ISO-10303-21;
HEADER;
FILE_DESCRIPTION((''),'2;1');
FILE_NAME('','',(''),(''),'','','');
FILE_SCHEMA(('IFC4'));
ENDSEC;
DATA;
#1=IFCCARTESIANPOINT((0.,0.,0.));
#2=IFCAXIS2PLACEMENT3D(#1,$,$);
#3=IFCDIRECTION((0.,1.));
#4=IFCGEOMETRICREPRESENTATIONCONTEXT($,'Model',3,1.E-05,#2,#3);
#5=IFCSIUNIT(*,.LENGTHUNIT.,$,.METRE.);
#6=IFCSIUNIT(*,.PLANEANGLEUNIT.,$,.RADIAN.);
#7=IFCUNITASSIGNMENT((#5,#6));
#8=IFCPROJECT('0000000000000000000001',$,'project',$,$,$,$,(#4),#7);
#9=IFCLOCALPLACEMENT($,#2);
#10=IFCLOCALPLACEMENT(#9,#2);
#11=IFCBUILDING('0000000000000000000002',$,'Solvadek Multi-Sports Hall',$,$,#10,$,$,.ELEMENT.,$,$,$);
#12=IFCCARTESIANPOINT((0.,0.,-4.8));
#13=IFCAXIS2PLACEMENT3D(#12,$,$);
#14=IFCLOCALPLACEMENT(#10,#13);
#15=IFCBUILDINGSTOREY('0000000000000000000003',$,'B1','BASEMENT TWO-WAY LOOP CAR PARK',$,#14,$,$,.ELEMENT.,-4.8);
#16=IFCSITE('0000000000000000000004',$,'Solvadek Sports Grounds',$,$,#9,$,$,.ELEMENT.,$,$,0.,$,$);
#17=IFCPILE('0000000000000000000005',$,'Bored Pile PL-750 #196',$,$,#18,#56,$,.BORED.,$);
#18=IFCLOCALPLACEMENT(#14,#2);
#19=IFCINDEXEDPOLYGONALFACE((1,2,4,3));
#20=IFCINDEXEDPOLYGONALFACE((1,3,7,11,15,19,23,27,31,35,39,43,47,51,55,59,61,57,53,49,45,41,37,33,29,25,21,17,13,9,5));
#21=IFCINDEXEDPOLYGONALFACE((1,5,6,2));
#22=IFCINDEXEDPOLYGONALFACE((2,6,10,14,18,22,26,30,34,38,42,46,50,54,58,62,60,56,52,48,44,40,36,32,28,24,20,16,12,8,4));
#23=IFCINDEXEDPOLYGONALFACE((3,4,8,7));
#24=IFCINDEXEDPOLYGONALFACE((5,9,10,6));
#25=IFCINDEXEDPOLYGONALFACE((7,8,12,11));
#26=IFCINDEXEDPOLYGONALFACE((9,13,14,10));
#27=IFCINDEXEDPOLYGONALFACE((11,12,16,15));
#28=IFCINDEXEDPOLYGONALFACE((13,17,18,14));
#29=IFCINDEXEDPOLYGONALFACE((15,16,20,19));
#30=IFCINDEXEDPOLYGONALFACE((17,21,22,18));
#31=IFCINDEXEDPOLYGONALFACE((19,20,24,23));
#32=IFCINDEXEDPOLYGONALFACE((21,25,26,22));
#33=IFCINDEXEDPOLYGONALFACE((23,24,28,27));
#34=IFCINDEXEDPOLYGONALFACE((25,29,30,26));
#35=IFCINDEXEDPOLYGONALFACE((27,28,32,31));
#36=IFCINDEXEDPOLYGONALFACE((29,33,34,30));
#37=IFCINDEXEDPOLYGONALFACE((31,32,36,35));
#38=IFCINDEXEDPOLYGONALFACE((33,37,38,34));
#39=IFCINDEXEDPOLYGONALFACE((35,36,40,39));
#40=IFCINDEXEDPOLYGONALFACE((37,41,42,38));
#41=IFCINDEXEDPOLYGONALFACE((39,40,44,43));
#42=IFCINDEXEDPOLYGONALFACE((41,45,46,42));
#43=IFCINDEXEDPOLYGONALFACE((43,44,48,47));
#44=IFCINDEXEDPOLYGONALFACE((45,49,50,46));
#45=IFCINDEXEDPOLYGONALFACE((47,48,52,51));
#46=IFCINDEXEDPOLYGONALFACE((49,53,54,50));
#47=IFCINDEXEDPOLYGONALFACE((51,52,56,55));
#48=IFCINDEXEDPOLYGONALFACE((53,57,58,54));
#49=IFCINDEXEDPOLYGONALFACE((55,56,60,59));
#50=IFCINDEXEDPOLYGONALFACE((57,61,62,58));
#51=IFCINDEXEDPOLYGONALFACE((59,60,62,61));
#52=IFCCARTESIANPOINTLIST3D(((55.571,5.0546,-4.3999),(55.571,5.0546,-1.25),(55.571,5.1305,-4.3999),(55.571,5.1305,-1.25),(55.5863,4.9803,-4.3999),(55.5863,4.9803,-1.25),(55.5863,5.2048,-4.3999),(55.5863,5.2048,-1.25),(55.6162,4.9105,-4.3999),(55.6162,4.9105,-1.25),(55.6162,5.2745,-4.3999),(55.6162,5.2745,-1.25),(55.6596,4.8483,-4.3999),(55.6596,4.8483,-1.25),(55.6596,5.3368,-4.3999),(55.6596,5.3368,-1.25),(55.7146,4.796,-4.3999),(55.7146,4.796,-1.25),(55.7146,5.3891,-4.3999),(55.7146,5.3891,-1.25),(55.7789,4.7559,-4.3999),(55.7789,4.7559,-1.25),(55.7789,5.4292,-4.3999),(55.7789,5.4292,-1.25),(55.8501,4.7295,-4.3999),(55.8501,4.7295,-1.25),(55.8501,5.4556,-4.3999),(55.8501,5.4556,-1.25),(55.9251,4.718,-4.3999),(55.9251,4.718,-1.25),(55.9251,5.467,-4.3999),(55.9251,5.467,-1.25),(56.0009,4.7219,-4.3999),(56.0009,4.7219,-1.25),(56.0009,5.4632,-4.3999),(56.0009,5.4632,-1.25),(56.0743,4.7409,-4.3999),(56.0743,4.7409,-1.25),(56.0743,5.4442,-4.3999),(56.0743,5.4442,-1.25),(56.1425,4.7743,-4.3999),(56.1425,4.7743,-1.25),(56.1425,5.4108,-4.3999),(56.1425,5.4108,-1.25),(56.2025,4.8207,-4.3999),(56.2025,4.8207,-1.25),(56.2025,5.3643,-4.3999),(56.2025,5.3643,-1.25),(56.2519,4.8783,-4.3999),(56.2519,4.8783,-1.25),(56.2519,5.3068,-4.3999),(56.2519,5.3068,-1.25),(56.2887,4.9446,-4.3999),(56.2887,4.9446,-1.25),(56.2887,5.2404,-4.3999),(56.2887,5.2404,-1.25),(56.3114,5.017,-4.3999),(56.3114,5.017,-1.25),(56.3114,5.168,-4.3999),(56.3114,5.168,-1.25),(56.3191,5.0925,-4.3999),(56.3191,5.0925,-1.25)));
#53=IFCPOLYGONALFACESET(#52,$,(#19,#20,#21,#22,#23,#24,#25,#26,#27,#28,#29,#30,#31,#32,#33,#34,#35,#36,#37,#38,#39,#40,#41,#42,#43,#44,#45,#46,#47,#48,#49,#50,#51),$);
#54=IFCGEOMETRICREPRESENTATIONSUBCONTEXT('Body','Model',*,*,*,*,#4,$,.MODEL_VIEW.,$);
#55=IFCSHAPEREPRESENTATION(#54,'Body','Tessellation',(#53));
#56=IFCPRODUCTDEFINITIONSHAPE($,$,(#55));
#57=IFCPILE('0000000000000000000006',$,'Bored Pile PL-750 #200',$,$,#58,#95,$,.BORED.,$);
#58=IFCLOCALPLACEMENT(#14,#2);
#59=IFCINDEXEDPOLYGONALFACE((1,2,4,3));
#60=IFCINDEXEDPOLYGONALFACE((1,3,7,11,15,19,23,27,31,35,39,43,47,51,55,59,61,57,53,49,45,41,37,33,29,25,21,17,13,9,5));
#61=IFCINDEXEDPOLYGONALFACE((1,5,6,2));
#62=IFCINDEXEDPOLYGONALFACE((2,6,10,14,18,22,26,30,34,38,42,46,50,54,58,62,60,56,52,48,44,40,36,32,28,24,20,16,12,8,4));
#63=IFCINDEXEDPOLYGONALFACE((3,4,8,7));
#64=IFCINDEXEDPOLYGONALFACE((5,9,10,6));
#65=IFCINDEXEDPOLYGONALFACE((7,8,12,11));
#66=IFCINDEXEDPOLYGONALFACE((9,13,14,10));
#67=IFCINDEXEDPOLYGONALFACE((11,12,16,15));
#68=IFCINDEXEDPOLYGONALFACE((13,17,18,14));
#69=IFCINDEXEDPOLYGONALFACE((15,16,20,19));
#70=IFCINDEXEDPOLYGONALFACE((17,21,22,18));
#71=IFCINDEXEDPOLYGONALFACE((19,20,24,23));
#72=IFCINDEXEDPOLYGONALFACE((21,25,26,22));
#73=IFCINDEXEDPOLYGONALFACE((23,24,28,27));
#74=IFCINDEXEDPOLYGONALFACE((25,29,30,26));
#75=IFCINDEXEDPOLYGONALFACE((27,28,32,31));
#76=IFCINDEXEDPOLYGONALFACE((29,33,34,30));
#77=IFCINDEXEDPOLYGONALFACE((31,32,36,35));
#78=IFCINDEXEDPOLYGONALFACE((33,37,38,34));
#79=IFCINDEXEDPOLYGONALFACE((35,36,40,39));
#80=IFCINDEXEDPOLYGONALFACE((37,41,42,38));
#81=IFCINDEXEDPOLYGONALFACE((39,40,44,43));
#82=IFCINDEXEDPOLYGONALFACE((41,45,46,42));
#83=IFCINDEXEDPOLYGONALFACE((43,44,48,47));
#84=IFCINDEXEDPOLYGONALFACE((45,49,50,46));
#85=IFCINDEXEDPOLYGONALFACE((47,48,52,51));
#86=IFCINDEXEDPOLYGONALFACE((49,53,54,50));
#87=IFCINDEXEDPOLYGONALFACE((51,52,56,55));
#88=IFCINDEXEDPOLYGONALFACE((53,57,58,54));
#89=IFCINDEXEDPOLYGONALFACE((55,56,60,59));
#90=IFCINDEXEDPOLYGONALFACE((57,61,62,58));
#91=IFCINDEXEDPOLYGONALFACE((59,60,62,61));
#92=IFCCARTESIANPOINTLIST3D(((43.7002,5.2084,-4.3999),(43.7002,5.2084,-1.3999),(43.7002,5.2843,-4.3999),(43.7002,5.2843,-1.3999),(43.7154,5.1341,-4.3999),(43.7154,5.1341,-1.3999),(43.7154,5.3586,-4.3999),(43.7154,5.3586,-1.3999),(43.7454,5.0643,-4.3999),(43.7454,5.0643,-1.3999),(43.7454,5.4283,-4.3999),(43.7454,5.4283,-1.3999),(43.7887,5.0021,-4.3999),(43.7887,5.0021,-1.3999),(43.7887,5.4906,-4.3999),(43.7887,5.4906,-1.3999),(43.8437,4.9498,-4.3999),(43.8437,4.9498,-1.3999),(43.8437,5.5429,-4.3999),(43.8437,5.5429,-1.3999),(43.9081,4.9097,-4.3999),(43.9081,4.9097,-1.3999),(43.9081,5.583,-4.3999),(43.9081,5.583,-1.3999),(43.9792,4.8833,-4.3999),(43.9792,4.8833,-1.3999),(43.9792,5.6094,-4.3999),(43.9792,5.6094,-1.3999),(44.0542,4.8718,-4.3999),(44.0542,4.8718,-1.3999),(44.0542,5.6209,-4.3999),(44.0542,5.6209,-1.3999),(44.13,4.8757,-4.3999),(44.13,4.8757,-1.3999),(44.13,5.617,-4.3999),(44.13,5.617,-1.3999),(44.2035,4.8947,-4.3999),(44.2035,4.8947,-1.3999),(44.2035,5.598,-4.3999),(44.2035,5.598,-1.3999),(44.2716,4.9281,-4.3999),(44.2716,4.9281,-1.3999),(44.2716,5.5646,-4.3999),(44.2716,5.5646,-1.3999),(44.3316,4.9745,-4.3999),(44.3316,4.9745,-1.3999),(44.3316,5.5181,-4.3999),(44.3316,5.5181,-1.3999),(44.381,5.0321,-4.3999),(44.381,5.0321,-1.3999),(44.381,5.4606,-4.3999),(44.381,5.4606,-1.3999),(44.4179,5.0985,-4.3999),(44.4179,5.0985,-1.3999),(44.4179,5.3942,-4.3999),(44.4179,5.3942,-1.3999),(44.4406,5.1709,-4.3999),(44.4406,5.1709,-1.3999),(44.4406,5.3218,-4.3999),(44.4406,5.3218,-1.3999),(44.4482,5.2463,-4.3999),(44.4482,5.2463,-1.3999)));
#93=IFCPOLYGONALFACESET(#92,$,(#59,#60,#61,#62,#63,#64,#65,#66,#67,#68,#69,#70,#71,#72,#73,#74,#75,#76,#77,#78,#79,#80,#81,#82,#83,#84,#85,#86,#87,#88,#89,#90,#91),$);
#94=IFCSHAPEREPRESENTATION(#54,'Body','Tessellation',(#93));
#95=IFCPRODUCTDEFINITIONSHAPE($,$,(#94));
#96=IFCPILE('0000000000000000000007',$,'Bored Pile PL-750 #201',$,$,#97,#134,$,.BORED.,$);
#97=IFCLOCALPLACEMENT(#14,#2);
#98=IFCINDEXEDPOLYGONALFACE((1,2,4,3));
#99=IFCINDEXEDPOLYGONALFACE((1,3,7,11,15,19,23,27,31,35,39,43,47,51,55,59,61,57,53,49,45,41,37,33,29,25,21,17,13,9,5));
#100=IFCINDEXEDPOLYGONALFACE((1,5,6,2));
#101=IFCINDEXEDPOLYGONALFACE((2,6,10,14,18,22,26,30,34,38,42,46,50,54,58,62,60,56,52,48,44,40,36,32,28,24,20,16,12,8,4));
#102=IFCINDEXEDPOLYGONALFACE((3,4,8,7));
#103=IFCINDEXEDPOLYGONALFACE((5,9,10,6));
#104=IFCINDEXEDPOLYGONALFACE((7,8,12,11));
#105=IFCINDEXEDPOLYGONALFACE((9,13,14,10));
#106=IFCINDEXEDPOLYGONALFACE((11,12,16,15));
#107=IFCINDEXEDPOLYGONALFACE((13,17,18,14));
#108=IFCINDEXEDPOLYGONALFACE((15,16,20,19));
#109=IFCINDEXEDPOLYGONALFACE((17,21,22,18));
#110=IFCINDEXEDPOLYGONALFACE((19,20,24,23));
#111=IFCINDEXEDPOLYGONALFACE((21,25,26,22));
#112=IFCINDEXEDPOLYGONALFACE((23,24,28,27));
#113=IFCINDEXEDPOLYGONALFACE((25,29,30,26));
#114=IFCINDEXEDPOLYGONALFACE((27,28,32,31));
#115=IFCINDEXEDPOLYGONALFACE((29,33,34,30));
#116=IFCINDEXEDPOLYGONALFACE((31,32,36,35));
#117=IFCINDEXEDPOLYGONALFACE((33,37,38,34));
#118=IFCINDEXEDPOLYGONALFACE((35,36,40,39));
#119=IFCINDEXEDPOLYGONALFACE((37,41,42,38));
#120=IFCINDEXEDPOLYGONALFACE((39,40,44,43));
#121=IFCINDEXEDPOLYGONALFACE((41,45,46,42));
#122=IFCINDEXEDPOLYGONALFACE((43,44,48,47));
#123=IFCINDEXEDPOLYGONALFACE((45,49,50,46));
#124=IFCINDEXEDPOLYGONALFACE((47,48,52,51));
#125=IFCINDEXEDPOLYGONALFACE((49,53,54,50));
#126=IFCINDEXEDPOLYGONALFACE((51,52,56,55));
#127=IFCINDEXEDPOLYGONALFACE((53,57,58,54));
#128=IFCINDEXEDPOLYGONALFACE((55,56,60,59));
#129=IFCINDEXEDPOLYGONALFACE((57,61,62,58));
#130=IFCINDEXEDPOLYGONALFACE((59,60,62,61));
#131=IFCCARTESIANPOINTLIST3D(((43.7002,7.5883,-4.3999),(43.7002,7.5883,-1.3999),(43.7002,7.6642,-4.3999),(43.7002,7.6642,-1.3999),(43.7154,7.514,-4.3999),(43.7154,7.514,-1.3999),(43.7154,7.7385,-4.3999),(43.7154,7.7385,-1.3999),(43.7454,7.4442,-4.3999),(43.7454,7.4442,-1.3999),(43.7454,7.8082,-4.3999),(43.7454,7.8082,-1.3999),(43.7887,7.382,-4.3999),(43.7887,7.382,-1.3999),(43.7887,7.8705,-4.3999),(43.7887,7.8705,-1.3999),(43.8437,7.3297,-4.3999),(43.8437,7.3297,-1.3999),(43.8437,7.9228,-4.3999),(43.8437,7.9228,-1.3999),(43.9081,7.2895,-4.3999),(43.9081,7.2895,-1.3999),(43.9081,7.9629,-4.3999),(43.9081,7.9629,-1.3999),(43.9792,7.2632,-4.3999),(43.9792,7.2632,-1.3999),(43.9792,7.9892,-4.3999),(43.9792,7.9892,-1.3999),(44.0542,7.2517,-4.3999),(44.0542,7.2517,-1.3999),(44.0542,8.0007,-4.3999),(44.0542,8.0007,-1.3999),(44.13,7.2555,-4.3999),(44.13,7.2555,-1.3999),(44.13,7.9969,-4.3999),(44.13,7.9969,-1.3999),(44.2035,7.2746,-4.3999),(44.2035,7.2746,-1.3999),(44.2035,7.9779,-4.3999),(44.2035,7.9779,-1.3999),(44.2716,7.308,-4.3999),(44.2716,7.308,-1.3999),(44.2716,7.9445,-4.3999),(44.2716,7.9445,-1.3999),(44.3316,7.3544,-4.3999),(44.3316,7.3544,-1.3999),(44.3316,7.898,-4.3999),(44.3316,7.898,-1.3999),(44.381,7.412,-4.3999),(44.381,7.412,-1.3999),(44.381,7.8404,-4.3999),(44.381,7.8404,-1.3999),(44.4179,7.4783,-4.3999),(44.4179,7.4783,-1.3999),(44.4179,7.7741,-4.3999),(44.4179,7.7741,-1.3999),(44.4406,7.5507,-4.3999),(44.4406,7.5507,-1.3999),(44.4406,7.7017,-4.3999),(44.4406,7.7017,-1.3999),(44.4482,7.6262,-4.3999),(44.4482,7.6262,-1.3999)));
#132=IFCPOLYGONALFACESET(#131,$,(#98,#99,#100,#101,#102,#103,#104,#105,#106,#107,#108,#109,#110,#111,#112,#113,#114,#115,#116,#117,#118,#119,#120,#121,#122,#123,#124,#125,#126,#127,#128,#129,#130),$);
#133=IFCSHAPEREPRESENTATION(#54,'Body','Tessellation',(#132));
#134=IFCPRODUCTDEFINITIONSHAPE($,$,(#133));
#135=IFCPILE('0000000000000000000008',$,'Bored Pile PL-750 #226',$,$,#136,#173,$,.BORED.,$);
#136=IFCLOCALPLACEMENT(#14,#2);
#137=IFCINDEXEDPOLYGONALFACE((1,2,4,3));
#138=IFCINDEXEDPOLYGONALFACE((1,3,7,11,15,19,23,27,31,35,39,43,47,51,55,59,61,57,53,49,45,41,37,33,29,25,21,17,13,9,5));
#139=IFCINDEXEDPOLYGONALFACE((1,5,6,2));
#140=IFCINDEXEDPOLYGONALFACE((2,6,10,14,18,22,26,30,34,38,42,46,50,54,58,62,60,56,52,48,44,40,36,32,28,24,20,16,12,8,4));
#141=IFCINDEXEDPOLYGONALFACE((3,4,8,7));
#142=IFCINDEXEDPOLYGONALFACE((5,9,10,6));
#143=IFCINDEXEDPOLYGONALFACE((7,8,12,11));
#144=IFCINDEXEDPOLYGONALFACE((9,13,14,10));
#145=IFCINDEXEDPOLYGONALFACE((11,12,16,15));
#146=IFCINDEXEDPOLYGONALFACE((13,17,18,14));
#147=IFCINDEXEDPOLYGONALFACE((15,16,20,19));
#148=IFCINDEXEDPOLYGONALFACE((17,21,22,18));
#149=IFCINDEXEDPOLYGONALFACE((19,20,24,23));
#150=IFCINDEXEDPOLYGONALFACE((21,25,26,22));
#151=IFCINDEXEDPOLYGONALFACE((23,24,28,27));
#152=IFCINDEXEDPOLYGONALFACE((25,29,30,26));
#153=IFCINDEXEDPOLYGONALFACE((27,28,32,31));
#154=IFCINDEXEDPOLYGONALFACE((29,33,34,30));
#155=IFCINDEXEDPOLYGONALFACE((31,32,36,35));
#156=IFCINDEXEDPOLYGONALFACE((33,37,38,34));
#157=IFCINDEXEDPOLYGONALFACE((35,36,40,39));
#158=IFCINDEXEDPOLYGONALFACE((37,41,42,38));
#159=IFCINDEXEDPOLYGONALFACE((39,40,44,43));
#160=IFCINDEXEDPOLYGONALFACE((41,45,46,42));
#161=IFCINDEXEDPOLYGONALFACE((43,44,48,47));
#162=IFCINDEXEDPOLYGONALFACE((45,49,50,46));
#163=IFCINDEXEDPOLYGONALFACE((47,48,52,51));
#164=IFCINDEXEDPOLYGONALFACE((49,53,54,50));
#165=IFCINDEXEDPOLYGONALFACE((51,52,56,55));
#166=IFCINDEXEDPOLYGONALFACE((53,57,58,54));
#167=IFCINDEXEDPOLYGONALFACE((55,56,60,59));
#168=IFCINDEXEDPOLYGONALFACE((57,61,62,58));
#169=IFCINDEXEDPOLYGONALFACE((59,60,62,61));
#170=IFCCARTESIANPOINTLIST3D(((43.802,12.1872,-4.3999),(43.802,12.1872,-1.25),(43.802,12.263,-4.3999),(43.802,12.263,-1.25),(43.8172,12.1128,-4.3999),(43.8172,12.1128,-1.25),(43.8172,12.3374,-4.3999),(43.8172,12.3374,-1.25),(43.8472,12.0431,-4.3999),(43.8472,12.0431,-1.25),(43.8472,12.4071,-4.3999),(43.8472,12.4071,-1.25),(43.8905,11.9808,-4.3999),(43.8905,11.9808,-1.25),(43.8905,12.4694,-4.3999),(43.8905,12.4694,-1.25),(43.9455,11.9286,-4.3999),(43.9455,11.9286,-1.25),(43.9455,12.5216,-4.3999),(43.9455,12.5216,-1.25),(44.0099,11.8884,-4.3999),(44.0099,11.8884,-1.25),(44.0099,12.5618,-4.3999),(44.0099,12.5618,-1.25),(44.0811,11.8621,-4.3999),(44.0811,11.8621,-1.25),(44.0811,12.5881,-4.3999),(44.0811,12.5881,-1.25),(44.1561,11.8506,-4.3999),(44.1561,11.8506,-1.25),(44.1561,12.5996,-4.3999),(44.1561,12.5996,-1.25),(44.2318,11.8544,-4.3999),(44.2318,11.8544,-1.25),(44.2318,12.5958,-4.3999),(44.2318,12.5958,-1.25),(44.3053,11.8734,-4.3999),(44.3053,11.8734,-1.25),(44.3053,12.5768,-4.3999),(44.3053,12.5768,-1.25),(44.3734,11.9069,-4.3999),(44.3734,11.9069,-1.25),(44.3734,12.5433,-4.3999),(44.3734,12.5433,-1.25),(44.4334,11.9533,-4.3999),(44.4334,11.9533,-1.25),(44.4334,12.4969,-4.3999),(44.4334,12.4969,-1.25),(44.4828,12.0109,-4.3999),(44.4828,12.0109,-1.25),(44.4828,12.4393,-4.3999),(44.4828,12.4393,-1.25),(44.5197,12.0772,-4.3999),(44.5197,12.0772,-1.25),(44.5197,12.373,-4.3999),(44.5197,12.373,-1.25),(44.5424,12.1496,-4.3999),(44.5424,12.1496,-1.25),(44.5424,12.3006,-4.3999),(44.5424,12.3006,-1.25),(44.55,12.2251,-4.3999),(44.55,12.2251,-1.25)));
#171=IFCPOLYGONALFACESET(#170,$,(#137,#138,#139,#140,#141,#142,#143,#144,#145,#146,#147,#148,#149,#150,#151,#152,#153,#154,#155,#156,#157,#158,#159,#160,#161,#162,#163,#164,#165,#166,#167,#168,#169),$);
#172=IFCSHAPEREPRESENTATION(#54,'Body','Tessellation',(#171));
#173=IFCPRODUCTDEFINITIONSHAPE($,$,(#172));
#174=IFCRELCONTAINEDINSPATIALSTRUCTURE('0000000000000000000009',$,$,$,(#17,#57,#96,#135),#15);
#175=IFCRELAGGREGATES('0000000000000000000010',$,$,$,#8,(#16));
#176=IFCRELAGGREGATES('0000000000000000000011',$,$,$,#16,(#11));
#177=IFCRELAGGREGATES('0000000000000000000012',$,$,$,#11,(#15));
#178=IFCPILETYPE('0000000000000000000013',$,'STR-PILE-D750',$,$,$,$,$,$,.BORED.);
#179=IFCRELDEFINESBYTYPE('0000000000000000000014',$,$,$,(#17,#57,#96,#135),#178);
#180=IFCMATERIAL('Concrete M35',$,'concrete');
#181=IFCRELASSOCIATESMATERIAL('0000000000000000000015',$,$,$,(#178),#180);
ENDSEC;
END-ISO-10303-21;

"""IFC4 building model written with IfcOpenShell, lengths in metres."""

from ifc_helpers import new_model, si_unit, direction, frame, origin, origin_2d, place, context, subcontext, project, spatial, circle, extrude, material, material_profile, profile_set, type_object, element, save


model = new_model("IFC4")

# Units and contexts
model_context = context("Model", 3, precision=1e-05, world=origin(), true_north=direction((0.0, 1.0)))
body_context = subcontext(model_context, "Body", "Model", "MODEL_VIEW")
ifc_project = project(units=[si_unit("LENGTHUNIT", "METRE"), si_unit("PLANEANGLEUNIT", "RADIAN")], contexts=[model_context])

# Site, building, storey
site_placement = place(None, origin())
site = spatial("IfcSite", under=ifc_project, at=site_placement, Name="Solvadek Sports Grounds", CompositionType="ELEMENT", RefElevation=0.0)
building_placement = place(site_placement, origin())
building = spatial("IfcBuilding", under=site, at=building_placement, Name="Solvadek Multi-Sports Hall", CompositionType="ELEMENT")
storey_placement = place(building_placement, frame((0.0, 0.0, -4.8)))
storey = spatial("IfcBuildingStorey", under=building, at=storey_placement, Name="B1", Description="BASEMENT TWO-WAY LOOP CAR PARK", CompositionType="ELEMENT", Elevation=-4.8)

# Piles
ifc_material_1 = material(Name="Concrete M35", Category="concrete")
ifc_material_profile_1 = material_profile(ifc_material_1, circle(Radius=0.375, at=origin_2d()), Name="BORED PILE D750")
ifc_profile_set_1 = profile_set([ifc_material_profile_1], Name="Concrete M35")
pile_type_1 = type_object("IfcPileType", Name="STR-PILE-D750", PredefinedType="BORED", material=ifc_profile_set_1)
pile_1_placement = place(storey_placement, frame((55.9441, 5.0925, -1.25), z_axis=(0.0, 0.0, -1.0), x_axis=(1.0, 0.0, 0.0)))
element("IfcPile", 1, at=pile_1_placement, inside=storey, type_object=pile_type_1, Name="Bored Pile PL-750 #196", PredefinedType="BORED", context=body_context, shape_type="SweptSolid", body=[
    extrude(circle(Radius=0.375, at=origin_2d()), origin(), (0.0, 0.0, 1.0), 3.1499),
])
for number, where, z_axis, x_axis, name in (
    (2, (44.0732, 5.2463, -1.3999), (0.0, 0.0, -1.0), (1.0, 0.0, 0.0), "Bored Pile PL-750 #200"),
    (3, (44.0732, 7.6262, -1.3999), (0.0, 0.0, -1.0), (1.0, 0.0, 0.0), "Bored Pile PL-750 #201"),
):
    element("IfcPile", number, at=place(storey_placement, frame(where, z_axis=z_axis, x_axis=x_axis)), inside=storey, type_object=pile_type_1, Name=name, PredefinedType="BORED", context=body_context, shape_type="SweptSolid", body=[
        extrude(circle(Radius=0.375, at=origin_2d()), origin(), (0.0, 0.0, 1.0), 3.0),
    ])
pile_2_placement = place(storey_placement, frame((44.175, 12.2251, -1.25), z_axis=(0.0, 0.0, -1.0), x_axis=(1.0, 0.0, 0.0)))
element("IfcPile", 4, at=pile_2_placement, inside=storey, type_object=pile_type_1, Name="Bored Pile PL-750 #226", PredefinedType="BORED", context=body_context, shape_type="SweptSolid", body=[
    extrude(circle(Radius=0.375, at=origin_2d()), origin(), (0.0, 0.0, 1.0), 3.1499),
])

save(model, "model.ifc")
